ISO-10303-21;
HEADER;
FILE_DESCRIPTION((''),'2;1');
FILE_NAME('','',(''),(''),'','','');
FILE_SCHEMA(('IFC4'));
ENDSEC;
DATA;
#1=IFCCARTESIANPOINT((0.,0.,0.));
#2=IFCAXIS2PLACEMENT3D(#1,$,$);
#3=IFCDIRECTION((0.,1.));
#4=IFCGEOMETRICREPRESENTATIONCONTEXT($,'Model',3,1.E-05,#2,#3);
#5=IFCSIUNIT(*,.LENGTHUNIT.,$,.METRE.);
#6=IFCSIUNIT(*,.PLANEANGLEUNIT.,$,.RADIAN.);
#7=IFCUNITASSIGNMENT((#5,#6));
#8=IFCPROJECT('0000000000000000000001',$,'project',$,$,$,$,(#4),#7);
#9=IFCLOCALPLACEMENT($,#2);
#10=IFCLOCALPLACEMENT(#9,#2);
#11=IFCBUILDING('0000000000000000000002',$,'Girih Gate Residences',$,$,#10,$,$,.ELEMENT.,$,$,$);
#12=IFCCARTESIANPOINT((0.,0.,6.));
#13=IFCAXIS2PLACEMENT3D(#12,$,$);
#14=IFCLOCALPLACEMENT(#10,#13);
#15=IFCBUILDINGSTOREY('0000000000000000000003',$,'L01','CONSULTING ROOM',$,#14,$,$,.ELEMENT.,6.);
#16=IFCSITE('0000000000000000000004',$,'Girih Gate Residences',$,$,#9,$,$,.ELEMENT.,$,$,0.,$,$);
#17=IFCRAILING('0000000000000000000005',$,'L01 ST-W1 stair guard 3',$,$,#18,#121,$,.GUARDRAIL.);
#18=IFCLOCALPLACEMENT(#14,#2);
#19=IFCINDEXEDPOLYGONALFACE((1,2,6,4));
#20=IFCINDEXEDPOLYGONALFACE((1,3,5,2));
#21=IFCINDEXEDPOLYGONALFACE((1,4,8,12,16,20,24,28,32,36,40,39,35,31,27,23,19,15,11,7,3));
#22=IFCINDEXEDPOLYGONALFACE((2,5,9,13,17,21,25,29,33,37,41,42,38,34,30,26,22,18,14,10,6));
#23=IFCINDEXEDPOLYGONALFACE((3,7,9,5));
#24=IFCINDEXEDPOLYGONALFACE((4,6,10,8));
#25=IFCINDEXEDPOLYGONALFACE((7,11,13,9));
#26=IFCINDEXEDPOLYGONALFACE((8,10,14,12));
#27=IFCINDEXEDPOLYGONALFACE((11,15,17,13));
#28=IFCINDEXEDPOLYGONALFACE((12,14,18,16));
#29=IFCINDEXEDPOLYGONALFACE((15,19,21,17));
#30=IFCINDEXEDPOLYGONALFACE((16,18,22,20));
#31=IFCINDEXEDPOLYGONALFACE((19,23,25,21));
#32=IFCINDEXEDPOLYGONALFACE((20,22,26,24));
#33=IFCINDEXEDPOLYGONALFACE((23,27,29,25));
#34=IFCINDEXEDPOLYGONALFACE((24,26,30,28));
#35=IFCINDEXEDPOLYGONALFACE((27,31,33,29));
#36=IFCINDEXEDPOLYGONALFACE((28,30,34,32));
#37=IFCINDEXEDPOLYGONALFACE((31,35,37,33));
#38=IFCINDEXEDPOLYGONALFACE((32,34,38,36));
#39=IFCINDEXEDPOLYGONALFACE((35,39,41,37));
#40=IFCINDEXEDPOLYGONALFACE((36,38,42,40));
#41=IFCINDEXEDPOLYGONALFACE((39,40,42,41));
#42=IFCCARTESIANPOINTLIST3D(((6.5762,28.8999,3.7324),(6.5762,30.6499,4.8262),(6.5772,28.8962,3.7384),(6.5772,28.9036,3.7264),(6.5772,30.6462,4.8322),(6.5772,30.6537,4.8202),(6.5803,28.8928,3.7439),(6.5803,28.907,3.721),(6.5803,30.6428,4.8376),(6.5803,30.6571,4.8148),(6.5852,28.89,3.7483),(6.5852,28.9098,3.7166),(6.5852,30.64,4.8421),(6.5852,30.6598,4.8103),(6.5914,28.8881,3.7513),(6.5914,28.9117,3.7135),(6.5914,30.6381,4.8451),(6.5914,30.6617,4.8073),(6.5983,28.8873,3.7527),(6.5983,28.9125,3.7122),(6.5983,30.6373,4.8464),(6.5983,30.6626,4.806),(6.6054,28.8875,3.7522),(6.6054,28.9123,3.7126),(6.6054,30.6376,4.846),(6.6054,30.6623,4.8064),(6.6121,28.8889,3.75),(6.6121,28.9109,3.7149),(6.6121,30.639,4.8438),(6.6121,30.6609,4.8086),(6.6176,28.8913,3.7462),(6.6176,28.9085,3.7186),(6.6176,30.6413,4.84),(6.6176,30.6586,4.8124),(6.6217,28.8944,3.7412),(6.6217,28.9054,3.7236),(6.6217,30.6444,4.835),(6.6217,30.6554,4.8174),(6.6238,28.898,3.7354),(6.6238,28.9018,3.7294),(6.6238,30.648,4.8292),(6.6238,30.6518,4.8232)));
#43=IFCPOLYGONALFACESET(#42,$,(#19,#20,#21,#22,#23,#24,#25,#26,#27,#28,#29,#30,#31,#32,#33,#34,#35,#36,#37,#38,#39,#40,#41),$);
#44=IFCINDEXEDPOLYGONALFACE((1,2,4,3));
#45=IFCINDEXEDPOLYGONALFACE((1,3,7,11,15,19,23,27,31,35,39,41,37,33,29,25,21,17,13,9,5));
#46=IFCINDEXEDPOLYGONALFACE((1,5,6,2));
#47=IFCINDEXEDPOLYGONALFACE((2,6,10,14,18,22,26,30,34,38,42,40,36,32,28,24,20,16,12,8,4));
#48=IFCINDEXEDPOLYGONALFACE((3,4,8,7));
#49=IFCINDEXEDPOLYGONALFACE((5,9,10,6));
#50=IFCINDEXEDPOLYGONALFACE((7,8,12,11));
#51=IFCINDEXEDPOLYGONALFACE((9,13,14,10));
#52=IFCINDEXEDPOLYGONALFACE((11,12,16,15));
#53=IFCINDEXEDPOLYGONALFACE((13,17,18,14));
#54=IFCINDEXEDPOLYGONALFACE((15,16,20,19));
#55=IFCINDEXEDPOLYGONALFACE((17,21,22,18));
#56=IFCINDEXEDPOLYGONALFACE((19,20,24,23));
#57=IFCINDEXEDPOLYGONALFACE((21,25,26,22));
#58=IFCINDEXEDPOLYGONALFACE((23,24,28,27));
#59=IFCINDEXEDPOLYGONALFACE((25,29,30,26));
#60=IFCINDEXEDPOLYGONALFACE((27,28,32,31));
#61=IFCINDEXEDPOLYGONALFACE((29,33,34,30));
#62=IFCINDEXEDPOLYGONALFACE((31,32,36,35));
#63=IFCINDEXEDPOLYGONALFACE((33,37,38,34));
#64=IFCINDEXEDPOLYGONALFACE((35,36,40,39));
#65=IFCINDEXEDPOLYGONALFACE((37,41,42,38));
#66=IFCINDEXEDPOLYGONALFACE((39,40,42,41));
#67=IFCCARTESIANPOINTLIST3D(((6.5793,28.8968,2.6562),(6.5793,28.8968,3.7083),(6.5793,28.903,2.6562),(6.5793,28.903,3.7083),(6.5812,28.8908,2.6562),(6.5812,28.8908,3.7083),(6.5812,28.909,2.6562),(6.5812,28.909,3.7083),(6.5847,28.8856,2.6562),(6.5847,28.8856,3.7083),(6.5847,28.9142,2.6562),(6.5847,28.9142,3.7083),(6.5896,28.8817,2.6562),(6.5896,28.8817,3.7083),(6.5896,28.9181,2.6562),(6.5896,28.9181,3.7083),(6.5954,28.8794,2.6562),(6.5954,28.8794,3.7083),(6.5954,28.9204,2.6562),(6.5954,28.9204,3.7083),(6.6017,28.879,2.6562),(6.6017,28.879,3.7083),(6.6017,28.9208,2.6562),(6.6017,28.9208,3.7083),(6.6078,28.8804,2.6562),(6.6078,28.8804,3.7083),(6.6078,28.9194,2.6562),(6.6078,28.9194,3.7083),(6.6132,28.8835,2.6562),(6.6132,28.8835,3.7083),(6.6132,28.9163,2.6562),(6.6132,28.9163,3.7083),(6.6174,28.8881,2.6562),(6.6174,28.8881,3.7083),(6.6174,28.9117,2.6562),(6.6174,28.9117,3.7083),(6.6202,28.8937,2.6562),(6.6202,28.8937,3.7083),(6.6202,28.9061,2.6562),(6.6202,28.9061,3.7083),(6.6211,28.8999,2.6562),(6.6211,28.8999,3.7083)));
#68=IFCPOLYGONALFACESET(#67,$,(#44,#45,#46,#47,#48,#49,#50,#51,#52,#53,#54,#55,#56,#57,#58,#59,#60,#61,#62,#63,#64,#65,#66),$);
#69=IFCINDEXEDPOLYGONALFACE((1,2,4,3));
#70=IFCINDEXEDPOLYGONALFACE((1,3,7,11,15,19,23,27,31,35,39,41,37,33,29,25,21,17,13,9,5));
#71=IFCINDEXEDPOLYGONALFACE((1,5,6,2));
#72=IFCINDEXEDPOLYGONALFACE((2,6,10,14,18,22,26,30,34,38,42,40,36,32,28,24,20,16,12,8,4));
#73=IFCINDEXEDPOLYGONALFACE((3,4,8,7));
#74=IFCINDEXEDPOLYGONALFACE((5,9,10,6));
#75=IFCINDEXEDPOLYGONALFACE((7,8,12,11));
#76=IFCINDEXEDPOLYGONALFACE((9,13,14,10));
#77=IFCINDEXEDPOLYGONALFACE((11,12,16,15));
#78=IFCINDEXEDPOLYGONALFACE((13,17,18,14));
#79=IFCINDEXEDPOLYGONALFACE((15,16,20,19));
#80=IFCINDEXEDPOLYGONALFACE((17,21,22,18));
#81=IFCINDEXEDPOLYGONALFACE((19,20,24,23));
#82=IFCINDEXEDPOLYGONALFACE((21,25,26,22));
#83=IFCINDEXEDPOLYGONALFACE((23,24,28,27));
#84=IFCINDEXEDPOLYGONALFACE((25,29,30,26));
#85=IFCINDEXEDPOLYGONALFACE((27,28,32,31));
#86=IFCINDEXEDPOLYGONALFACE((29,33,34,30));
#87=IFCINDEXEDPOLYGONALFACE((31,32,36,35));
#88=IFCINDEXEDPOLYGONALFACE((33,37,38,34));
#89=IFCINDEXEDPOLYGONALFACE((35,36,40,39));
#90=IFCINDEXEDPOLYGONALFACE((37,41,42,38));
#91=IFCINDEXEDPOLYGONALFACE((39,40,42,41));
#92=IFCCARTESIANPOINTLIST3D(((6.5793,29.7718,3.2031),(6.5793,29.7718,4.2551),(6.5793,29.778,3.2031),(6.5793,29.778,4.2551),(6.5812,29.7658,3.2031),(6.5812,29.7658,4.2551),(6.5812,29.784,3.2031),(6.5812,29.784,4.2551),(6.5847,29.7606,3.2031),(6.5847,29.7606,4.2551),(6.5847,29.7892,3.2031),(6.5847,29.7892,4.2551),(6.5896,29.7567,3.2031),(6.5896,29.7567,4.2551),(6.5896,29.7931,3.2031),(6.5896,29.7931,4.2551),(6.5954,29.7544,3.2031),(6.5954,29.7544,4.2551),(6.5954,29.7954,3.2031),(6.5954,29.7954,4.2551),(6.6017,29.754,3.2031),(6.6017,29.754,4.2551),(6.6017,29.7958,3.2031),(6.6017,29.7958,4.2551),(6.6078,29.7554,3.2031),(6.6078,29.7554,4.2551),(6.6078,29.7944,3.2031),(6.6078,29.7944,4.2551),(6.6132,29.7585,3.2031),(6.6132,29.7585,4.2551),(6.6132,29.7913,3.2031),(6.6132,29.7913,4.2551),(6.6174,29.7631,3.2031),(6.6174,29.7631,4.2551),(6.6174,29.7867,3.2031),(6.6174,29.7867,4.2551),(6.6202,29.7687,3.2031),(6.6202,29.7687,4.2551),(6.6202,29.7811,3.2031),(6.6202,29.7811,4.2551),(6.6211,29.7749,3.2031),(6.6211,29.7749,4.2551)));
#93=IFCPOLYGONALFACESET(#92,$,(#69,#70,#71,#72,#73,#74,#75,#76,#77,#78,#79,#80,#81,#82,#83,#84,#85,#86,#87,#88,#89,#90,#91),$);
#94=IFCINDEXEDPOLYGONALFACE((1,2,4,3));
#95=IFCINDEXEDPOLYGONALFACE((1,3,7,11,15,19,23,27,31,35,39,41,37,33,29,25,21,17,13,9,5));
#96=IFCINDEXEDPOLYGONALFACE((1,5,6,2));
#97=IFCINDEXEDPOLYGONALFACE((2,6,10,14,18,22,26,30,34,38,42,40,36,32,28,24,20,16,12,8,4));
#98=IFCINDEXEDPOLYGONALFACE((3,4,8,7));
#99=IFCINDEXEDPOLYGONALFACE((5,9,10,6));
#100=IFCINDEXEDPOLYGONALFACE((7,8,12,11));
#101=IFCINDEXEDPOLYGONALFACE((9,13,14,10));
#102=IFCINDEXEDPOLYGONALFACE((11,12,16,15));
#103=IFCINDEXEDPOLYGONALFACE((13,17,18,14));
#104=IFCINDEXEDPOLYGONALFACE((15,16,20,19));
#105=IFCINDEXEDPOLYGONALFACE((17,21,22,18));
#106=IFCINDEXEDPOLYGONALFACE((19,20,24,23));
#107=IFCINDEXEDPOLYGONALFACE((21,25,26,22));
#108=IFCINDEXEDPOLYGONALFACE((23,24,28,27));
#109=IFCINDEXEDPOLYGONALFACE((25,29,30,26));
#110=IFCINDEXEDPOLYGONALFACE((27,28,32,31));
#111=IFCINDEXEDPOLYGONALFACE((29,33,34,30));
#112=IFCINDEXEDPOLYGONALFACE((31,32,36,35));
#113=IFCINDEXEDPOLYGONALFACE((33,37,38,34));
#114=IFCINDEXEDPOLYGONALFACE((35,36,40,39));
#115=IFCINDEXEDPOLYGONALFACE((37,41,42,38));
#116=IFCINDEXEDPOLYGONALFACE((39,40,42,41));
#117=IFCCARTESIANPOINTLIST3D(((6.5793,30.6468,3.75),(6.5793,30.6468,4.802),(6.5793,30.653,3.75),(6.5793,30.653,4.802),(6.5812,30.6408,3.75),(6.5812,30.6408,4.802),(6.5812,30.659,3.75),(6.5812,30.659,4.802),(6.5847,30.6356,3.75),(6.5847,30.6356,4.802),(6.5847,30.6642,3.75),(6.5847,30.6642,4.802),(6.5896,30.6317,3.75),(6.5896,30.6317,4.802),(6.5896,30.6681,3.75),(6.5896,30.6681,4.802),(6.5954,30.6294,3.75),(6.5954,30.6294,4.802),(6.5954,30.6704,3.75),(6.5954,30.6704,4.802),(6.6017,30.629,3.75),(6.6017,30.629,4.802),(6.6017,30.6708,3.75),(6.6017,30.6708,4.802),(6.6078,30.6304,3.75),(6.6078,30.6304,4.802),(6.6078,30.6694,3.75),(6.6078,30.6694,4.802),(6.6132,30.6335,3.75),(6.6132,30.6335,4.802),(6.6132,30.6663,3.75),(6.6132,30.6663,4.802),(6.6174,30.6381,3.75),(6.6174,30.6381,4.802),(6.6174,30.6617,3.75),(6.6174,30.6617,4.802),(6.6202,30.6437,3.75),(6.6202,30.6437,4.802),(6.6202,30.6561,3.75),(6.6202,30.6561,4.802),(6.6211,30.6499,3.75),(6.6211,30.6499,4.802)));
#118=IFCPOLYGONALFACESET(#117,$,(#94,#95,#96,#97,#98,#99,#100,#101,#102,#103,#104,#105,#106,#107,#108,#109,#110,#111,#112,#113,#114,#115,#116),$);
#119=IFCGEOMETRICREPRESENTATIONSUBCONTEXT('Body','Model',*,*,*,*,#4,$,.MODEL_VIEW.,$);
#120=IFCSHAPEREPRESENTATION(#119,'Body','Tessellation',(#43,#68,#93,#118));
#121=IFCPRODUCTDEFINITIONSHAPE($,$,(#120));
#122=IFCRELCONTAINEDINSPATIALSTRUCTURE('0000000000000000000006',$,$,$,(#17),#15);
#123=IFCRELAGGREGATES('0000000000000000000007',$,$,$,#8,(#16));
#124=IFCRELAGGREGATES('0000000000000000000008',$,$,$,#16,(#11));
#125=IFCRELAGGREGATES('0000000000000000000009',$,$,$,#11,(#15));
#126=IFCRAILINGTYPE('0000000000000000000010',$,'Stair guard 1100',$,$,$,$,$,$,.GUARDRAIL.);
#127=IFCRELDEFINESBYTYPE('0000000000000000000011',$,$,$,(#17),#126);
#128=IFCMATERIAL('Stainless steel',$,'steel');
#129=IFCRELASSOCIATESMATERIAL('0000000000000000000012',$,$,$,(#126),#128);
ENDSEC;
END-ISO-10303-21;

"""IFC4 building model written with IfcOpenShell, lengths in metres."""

from ifc_helpers import new_model, si_unit, direction, frame, origin, origin_2d, place, context, subcontext, project, spatial, circle, extrude, material, type_object, element, save


model = new_model("IFC4")

# Units and contexts
model_context = context("Model", 3, precision=1e-05, world=origin(), true_north=direction((0.0, 1.0)))
body_context = subcontext(model_context, "Body", "Model", "MODEL_VIEW")
ifc_project = project(units=[si_unit("LENGTHUNIT", "METRE"), si_unit("PLANEANGLEUNIT", "RADIAN")], contexts=[model_context])

# Site, building, storey
site_placement = place(None, origin())
site = spatial("IfcSite", under=ifc_project, at=site_placement, Name="Girih Gate Residences", CompositionType="ELEMENT", RefElevation=0.0)
building_placement = place(site_placement, origin())
building = spatial("IfcBuilding", under=site, at=building_placement, Name="Girih Gate Residences", CompositionType="ELEMENT")
storey_placement = place(building_placement, frame((0.0, 0.0, 6.0)))
storey = spatial("IfcBuildingStorey", under=building, at=storey_placement, Name="L01", Description="CONSULTING ROOM", CompositionType="ELEMENT", Elevation=6.0)

# Railing
ifc_material_1 = material(Name="Stainless steel", Category="steel")
railing_type_1 = type_object("IfcRailingType", Name="Stair guard 1100", PredefinedType="GUARDRAIL", material=ifc_material_1)
railing_1_placement = place(storey_placement, frame((6.6001, 28.8999, 2.6562)))
element("IfcRailing", 1, at=railing_1_placement, inside=storey, type_object=railing_type_1, Name="L01 ST-W1 stair guard 3", PredefinedType="GUARDRAIL", context=body_context, shape_type="SweptSolid", body=[
    extrude(circle(Radius=0.0239, at=origin_2d()), frame((0.0, 0.0, 1.0762), z_axis=(0.0, 0.847998, 0.529999), x_axis=(-1.0, 0.0, 0.0)), (0.0, 0.0, 1.0), 2.0637),
    extrude(circle(Radius=0.021, at=origin_2d()), origin(), (0.0, 0.0, 1.0), 1.052),
    extrude(circle(Radius=0.021, at=origin_2d()), frame((0.0, 0.875, 0.5469)), (0.0, 0.0, 1.0), 1.052),
    extrude(circle(Radius=0.021, at=origin_2d()), frame((0.0, 1.75, 1.0938)), (0.0, 0.0, 1.0), 1.052),
])

save(model, "model.ifc")
